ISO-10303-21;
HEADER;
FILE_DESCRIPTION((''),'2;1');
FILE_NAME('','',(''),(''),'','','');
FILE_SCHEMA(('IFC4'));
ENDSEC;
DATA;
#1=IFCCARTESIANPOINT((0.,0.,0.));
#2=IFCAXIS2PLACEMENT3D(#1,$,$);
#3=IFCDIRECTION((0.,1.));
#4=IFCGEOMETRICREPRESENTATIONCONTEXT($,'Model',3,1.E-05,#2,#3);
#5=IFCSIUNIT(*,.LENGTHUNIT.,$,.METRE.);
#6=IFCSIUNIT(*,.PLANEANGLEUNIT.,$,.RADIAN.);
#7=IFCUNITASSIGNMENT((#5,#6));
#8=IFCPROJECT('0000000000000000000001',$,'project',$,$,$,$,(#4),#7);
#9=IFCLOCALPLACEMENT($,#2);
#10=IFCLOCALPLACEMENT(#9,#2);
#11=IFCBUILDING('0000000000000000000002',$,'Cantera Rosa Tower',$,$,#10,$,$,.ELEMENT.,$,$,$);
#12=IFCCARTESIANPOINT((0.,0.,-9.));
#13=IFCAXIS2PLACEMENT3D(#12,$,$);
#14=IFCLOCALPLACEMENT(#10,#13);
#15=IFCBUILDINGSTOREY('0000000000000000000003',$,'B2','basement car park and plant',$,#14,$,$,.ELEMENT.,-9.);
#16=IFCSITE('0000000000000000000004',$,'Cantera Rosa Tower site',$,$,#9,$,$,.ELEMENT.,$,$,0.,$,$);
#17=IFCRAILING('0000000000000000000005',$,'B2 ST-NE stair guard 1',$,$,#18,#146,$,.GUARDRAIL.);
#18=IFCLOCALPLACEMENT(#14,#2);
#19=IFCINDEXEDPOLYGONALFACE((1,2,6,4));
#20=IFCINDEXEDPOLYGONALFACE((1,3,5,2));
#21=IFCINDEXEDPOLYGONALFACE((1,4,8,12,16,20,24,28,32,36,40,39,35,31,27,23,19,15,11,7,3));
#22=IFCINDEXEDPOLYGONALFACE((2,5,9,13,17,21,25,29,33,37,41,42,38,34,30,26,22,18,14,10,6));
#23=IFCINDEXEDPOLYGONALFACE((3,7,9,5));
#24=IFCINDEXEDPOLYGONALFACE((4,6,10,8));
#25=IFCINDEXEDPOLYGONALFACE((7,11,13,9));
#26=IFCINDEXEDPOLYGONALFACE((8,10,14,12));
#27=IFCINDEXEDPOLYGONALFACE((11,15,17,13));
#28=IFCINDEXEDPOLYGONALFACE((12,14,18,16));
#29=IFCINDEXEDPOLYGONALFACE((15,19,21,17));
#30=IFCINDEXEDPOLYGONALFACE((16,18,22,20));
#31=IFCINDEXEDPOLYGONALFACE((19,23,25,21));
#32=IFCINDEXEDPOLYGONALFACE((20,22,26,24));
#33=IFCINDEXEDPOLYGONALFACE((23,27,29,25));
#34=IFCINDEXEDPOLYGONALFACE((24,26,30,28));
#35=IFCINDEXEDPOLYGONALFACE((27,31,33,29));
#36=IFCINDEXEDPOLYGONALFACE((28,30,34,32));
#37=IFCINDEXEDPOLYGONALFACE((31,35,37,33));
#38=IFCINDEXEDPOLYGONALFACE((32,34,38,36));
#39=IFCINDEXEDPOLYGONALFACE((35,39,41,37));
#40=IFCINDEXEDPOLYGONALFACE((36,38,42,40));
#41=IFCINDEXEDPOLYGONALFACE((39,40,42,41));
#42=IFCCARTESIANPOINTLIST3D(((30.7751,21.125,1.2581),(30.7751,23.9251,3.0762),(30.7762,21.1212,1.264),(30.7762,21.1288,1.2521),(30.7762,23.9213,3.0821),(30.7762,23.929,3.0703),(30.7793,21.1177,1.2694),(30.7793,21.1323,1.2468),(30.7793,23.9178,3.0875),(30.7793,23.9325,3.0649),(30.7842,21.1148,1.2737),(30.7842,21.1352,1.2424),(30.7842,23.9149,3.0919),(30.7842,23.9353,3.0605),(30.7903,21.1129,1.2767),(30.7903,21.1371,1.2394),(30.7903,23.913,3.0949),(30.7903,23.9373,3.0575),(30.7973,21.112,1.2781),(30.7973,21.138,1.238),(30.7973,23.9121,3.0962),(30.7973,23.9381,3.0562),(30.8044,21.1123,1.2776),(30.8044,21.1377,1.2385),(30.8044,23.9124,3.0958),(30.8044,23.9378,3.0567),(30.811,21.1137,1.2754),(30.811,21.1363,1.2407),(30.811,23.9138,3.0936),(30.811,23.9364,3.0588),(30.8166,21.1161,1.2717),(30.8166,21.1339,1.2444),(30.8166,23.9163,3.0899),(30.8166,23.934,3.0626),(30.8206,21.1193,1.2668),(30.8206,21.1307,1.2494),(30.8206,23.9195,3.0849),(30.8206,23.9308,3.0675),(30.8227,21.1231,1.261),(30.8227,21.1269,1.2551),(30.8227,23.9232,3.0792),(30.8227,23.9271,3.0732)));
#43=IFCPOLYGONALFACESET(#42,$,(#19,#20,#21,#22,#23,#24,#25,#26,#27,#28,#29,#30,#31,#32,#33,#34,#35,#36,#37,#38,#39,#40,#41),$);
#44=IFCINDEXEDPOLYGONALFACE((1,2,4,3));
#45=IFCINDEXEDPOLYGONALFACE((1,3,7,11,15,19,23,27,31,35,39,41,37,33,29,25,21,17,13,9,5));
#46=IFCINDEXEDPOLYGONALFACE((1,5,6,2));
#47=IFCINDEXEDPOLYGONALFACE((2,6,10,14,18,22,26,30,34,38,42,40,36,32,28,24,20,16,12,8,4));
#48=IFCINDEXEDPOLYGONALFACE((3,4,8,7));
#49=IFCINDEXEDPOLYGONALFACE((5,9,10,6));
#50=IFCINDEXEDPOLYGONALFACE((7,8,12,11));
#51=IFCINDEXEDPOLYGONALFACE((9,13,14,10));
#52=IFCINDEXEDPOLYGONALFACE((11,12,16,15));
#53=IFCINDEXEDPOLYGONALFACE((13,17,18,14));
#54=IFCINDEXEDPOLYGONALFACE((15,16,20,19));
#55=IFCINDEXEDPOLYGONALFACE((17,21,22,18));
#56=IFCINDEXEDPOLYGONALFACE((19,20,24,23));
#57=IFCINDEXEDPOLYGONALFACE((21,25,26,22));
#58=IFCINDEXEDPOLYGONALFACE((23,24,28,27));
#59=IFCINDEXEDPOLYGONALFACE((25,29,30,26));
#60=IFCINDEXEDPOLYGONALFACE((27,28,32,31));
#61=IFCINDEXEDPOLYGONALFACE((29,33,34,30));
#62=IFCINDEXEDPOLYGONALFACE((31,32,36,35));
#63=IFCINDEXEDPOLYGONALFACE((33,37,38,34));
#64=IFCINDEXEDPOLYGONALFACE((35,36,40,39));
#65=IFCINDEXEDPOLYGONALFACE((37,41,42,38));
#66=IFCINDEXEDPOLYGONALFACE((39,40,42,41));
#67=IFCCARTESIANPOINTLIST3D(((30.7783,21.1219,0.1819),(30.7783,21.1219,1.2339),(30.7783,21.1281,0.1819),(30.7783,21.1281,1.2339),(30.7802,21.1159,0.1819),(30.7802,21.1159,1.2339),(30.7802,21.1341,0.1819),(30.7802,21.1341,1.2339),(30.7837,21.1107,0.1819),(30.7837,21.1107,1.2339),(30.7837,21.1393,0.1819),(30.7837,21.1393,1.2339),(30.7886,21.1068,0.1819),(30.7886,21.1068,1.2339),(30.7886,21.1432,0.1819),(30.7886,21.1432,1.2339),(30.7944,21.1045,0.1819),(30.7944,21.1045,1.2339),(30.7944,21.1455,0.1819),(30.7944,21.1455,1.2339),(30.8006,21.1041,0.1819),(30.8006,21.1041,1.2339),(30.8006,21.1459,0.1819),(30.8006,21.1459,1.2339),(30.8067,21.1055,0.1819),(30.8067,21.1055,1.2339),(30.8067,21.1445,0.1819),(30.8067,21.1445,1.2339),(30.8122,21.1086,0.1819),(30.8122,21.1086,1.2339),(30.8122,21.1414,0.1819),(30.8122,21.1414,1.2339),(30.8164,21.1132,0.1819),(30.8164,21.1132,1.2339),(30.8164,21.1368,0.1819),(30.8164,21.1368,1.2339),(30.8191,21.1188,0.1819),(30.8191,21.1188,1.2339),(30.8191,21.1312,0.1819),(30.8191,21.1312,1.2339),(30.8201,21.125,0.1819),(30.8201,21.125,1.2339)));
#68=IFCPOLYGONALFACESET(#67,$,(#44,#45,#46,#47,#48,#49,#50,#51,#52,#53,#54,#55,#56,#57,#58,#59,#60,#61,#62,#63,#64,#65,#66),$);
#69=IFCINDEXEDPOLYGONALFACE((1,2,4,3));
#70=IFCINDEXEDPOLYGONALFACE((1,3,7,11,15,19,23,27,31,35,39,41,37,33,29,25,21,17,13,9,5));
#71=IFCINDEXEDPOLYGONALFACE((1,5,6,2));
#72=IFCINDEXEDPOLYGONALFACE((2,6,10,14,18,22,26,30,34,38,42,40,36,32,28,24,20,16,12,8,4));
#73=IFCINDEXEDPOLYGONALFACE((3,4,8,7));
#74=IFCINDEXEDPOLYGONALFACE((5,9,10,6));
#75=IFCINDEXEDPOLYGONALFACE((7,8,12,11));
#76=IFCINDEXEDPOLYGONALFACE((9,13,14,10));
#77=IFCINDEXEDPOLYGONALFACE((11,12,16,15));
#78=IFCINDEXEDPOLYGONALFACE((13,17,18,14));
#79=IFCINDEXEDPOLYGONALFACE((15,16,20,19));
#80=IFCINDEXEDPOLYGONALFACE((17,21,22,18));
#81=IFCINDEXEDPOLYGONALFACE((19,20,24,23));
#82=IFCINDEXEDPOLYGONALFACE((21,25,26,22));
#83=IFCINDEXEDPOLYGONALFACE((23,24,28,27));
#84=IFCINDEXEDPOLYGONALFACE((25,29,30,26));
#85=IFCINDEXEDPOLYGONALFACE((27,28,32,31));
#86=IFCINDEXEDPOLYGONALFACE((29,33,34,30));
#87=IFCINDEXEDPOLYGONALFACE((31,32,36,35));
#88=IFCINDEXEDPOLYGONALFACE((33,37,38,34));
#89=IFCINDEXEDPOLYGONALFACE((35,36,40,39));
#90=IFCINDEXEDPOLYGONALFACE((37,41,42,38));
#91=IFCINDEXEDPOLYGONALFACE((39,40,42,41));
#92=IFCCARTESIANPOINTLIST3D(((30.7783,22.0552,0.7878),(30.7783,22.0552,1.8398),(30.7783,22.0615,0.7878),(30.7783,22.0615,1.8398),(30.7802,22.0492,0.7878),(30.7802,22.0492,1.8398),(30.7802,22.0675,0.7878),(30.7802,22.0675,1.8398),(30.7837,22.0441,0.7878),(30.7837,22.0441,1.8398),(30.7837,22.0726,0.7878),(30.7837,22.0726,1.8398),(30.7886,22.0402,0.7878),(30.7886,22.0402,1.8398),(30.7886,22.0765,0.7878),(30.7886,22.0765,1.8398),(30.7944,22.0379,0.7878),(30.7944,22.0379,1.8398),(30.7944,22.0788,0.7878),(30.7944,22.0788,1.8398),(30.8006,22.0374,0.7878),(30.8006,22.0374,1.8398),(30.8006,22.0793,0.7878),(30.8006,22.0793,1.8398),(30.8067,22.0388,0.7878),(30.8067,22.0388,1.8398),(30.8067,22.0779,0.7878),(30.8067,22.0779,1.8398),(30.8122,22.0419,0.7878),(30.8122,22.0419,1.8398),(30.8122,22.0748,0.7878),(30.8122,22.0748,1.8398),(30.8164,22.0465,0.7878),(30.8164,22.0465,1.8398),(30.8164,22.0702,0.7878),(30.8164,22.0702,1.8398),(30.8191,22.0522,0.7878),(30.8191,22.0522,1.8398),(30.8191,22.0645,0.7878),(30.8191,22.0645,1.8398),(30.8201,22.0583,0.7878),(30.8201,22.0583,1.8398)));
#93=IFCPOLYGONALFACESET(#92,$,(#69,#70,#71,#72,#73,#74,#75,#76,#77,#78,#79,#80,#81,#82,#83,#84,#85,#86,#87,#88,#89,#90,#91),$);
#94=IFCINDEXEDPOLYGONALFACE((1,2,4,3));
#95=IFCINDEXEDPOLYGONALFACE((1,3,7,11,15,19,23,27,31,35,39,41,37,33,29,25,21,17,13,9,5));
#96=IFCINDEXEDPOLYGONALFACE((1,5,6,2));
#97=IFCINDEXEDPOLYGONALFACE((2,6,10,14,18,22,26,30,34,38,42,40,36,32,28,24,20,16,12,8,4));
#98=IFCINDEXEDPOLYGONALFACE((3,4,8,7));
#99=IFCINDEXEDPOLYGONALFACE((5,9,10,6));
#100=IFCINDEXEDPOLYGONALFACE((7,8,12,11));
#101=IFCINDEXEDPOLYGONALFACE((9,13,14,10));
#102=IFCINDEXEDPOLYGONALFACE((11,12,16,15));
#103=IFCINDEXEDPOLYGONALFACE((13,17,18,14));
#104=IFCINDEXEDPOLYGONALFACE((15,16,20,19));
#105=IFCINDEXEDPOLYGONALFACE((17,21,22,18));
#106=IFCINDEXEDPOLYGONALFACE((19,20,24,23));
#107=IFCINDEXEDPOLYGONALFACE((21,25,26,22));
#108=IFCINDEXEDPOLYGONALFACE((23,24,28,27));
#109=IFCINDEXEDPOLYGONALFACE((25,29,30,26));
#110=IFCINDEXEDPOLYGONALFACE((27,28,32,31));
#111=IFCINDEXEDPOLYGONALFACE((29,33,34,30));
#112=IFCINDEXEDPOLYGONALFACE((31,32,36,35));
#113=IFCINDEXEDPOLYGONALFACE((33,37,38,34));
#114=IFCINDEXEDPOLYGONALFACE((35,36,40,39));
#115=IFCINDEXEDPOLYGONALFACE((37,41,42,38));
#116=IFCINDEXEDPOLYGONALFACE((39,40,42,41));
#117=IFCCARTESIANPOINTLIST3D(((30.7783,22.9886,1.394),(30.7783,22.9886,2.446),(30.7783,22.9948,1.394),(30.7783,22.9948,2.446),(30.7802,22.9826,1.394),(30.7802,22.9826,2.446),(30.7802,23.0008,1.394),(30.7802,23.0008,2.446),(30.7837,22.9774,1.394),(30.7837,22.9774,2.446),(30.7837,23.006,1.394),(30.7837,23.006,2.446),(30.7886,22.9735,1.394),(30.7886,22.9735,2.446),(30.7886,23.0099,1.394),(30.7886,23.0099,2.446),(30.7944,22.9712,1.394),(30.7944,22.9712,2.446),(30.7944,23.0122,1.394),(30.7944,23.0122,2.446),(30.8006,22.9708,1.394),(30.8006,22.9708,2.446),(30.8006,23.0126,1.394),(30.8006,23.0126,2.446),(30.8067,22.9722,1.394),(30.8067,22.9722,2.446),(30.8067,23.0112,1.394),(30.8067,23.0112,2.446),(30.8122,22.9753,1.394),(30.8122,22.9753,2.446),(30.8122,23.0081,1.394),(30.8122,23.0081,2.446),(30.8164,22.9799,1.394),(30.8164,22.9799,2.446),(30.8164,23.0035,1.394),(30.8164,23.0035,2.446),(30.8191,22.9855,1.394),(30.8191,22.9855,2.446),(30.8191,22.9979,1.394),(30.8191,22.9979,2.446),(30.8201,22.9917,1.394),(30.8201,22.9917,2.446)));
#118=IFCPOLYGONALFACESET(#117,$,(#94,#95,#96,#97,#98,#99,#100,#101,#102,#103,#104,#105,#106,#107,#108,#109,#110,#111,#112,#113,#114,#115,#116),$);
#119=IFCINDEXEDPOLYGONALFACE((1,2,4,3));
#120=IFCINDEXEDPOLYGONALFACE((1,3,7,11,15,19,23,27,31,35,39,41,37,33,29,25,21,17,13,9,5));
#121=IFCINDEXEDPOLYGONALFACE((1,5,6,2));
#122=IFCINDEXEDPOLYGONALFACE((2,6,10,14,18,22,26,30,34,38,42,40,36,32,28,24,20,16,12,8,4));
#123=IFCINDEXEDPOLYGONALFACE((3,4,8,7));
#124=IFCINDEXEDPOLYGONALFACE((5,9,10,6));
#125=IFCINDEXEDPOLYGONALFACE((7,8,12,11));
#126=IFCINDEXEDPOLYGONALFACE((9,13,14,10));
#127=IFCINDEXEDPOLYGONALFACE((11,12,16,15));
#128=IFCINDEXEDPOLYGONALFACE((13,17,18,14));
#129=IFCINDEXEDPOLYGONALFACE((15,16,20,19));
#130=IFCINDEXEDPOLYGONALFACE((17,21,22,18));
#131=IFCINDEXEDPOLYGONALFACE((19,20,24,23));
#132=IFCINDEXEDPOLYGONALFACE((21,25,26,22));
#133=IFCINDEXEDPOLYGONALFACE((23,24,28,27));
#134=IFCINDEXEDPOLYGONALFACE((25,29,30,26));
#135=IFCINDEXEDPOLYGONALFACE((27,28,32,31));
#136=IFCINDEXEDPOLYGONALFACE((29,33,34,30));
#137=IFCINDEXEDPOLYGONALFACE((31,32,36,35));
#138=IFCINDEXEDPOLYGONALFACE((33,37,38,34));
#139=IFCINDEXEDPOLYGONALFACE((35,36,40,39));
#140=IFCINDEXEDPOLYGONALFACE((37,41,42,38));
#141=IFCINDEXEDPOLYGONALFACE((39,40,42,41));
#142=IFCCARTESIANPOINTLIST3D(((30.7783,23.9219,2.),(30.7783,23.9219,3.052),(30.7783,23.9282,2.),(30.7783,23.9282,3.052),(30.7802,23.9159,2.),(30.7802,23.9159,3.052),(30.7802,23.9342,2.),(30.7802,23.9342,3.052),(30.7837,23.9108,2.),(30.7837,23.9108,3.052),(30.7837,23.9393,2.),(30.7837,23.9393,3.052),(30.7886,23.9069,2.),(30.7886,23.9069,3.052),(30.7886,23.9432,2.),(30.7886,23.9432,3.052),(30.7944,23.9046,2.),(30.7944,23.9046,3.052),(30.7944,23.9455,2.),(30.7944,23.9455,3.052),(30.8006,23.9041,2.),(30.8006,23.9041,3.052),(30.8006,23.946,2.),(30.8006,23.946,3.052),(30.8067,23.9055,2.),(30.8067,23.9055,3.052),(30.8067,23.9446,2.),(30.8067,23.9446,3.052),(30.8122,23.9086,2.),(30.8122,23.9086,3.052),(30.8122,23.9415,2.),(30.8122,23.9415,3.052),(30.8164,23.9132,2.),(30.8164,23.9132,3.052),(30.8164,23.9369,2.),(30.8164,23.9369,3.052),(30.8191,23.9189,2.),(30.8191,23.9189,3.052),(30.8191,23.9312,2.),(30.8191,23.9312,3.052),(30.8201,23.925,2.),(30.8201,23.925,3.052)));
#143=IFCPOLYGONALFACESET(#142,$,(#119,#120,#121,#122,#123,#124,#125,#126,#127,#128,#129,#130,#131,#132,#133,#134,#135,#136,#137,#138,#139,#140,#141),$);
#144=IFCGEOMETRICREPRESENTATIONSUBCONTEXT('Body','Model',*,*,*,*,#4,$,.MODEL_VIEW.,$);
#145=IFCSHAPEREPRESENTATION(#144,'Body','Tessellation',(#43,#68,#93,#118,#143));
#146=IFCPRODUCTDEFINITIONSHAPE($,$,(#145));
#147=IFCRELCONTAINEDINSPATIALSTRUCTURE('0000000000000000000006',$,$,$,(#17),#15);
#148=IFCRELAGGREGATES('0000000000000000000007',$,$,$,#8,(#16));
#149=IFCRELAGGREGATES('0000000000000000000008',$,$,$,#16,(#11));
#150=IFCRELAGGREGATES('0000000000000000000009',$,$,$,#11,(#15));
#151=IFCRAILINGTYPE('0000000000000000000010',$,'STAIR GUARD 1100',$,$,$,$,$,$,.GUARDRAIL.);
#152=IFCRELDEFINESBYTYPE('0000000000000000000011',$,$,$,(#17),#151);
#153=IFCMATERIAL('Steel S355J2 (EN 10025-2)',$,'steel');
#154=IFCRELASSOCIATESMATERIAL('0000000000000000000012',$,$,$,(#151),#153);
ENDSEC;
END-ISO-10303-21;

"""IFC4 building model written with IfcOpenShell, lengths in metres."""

from ifc_helpers import new_model, si_unit, direction, frame, origin, origin_2d, place, context, subcontext, project, spatial, circle, extrude, material, type_object, element, save


model = new_model("IFC4")

# Units and contexts
model_context = context("Model", 3, precision=1e-05, world=origin(), true_north=direction((0.0, 1.0)))
body_context = subcontext(model_context, "Body", "Model", "MODEL_VIEW")
ifc_project = project(units=[si_unit("LENGTHUNIT", "METRE"), si_unit("PLANEANGLEUNIT", "RADIAN")], contexts=[model_context])

# Site, building, storey
site_placement = place(None, origin())
site = spatial("IfcSite", under=ifc_project, at=site_placement, Name="Cantera Rosa Tower site", CompositionType="ELEMENT", RefElevation=0.0)
building_placement = place(site_placement, origin())
building = spatial("IfcBuilding", under=site, at=building_placement, Name="Cantera Rosa Tower", CompositionType="ELEMENT")
storey_placement = place(building_placement, frame((0.0, 0.0, -9.0)))
storey = spatial("IfcBuildingStorey", under=building, at=storey_placement, Name="B2", Description="basement car park and plant", CompositionType="ELEMENT", Elevation=-9.0)

# Railing
ifc_material_1 = material(Name="Steel S355J2 (EN 10025-2)", Category="steel")
railing_type_1 = type_object("IfcRailingType", Name="STAIR GUARD 1100", PredefinedType="GUARDRAIL", material=ifc_material_1)
railing_1_placement = place(storey_placement, frame((30.7991, 21.125, 0.1819)))
element("IfcRailing", 1, at=railing_1_placement, inside=storey, type_object=railing_type_1, Name="B2 ST-NE stair guard 1", PredefinedType="GUARDRAIL", context=body_context, shape_type="SweptSolid", body=[
    extrude(circle(Radius=0.0239, at=origin_2d()), frame((0.0, 0.0, 1.0762), z_axis=(0.0, 0.838706, 0.544585), x_axis=(-1.0, 0.0, 0.0)), (0.0, 0.0, 1.0), 3.3386),
    extrude(circle(Radius=0.021, at=origin_2d()), origin(), (0.0, 0.0, 1.0), 1.052),
    extrude(circle(Radius=0.021, at=origin_2d()), frame((0.0, 0.9333, 0.606)), (0.0, 0.0, 1.0), 1.052),
    extrude(circle(Radius=0.021, at=origin_2d()), frame((0.0, 1.8667, 1.2122)), (0.0, 0.0, 1.0), 1.052),
    extrude(circle(Radius=0.021, at=origin_2d()), frame((0.0, 2.8, 1.8181)), (0.0, 0.0, 1.0), 1.052),
])

save(model, "model.ifc")
